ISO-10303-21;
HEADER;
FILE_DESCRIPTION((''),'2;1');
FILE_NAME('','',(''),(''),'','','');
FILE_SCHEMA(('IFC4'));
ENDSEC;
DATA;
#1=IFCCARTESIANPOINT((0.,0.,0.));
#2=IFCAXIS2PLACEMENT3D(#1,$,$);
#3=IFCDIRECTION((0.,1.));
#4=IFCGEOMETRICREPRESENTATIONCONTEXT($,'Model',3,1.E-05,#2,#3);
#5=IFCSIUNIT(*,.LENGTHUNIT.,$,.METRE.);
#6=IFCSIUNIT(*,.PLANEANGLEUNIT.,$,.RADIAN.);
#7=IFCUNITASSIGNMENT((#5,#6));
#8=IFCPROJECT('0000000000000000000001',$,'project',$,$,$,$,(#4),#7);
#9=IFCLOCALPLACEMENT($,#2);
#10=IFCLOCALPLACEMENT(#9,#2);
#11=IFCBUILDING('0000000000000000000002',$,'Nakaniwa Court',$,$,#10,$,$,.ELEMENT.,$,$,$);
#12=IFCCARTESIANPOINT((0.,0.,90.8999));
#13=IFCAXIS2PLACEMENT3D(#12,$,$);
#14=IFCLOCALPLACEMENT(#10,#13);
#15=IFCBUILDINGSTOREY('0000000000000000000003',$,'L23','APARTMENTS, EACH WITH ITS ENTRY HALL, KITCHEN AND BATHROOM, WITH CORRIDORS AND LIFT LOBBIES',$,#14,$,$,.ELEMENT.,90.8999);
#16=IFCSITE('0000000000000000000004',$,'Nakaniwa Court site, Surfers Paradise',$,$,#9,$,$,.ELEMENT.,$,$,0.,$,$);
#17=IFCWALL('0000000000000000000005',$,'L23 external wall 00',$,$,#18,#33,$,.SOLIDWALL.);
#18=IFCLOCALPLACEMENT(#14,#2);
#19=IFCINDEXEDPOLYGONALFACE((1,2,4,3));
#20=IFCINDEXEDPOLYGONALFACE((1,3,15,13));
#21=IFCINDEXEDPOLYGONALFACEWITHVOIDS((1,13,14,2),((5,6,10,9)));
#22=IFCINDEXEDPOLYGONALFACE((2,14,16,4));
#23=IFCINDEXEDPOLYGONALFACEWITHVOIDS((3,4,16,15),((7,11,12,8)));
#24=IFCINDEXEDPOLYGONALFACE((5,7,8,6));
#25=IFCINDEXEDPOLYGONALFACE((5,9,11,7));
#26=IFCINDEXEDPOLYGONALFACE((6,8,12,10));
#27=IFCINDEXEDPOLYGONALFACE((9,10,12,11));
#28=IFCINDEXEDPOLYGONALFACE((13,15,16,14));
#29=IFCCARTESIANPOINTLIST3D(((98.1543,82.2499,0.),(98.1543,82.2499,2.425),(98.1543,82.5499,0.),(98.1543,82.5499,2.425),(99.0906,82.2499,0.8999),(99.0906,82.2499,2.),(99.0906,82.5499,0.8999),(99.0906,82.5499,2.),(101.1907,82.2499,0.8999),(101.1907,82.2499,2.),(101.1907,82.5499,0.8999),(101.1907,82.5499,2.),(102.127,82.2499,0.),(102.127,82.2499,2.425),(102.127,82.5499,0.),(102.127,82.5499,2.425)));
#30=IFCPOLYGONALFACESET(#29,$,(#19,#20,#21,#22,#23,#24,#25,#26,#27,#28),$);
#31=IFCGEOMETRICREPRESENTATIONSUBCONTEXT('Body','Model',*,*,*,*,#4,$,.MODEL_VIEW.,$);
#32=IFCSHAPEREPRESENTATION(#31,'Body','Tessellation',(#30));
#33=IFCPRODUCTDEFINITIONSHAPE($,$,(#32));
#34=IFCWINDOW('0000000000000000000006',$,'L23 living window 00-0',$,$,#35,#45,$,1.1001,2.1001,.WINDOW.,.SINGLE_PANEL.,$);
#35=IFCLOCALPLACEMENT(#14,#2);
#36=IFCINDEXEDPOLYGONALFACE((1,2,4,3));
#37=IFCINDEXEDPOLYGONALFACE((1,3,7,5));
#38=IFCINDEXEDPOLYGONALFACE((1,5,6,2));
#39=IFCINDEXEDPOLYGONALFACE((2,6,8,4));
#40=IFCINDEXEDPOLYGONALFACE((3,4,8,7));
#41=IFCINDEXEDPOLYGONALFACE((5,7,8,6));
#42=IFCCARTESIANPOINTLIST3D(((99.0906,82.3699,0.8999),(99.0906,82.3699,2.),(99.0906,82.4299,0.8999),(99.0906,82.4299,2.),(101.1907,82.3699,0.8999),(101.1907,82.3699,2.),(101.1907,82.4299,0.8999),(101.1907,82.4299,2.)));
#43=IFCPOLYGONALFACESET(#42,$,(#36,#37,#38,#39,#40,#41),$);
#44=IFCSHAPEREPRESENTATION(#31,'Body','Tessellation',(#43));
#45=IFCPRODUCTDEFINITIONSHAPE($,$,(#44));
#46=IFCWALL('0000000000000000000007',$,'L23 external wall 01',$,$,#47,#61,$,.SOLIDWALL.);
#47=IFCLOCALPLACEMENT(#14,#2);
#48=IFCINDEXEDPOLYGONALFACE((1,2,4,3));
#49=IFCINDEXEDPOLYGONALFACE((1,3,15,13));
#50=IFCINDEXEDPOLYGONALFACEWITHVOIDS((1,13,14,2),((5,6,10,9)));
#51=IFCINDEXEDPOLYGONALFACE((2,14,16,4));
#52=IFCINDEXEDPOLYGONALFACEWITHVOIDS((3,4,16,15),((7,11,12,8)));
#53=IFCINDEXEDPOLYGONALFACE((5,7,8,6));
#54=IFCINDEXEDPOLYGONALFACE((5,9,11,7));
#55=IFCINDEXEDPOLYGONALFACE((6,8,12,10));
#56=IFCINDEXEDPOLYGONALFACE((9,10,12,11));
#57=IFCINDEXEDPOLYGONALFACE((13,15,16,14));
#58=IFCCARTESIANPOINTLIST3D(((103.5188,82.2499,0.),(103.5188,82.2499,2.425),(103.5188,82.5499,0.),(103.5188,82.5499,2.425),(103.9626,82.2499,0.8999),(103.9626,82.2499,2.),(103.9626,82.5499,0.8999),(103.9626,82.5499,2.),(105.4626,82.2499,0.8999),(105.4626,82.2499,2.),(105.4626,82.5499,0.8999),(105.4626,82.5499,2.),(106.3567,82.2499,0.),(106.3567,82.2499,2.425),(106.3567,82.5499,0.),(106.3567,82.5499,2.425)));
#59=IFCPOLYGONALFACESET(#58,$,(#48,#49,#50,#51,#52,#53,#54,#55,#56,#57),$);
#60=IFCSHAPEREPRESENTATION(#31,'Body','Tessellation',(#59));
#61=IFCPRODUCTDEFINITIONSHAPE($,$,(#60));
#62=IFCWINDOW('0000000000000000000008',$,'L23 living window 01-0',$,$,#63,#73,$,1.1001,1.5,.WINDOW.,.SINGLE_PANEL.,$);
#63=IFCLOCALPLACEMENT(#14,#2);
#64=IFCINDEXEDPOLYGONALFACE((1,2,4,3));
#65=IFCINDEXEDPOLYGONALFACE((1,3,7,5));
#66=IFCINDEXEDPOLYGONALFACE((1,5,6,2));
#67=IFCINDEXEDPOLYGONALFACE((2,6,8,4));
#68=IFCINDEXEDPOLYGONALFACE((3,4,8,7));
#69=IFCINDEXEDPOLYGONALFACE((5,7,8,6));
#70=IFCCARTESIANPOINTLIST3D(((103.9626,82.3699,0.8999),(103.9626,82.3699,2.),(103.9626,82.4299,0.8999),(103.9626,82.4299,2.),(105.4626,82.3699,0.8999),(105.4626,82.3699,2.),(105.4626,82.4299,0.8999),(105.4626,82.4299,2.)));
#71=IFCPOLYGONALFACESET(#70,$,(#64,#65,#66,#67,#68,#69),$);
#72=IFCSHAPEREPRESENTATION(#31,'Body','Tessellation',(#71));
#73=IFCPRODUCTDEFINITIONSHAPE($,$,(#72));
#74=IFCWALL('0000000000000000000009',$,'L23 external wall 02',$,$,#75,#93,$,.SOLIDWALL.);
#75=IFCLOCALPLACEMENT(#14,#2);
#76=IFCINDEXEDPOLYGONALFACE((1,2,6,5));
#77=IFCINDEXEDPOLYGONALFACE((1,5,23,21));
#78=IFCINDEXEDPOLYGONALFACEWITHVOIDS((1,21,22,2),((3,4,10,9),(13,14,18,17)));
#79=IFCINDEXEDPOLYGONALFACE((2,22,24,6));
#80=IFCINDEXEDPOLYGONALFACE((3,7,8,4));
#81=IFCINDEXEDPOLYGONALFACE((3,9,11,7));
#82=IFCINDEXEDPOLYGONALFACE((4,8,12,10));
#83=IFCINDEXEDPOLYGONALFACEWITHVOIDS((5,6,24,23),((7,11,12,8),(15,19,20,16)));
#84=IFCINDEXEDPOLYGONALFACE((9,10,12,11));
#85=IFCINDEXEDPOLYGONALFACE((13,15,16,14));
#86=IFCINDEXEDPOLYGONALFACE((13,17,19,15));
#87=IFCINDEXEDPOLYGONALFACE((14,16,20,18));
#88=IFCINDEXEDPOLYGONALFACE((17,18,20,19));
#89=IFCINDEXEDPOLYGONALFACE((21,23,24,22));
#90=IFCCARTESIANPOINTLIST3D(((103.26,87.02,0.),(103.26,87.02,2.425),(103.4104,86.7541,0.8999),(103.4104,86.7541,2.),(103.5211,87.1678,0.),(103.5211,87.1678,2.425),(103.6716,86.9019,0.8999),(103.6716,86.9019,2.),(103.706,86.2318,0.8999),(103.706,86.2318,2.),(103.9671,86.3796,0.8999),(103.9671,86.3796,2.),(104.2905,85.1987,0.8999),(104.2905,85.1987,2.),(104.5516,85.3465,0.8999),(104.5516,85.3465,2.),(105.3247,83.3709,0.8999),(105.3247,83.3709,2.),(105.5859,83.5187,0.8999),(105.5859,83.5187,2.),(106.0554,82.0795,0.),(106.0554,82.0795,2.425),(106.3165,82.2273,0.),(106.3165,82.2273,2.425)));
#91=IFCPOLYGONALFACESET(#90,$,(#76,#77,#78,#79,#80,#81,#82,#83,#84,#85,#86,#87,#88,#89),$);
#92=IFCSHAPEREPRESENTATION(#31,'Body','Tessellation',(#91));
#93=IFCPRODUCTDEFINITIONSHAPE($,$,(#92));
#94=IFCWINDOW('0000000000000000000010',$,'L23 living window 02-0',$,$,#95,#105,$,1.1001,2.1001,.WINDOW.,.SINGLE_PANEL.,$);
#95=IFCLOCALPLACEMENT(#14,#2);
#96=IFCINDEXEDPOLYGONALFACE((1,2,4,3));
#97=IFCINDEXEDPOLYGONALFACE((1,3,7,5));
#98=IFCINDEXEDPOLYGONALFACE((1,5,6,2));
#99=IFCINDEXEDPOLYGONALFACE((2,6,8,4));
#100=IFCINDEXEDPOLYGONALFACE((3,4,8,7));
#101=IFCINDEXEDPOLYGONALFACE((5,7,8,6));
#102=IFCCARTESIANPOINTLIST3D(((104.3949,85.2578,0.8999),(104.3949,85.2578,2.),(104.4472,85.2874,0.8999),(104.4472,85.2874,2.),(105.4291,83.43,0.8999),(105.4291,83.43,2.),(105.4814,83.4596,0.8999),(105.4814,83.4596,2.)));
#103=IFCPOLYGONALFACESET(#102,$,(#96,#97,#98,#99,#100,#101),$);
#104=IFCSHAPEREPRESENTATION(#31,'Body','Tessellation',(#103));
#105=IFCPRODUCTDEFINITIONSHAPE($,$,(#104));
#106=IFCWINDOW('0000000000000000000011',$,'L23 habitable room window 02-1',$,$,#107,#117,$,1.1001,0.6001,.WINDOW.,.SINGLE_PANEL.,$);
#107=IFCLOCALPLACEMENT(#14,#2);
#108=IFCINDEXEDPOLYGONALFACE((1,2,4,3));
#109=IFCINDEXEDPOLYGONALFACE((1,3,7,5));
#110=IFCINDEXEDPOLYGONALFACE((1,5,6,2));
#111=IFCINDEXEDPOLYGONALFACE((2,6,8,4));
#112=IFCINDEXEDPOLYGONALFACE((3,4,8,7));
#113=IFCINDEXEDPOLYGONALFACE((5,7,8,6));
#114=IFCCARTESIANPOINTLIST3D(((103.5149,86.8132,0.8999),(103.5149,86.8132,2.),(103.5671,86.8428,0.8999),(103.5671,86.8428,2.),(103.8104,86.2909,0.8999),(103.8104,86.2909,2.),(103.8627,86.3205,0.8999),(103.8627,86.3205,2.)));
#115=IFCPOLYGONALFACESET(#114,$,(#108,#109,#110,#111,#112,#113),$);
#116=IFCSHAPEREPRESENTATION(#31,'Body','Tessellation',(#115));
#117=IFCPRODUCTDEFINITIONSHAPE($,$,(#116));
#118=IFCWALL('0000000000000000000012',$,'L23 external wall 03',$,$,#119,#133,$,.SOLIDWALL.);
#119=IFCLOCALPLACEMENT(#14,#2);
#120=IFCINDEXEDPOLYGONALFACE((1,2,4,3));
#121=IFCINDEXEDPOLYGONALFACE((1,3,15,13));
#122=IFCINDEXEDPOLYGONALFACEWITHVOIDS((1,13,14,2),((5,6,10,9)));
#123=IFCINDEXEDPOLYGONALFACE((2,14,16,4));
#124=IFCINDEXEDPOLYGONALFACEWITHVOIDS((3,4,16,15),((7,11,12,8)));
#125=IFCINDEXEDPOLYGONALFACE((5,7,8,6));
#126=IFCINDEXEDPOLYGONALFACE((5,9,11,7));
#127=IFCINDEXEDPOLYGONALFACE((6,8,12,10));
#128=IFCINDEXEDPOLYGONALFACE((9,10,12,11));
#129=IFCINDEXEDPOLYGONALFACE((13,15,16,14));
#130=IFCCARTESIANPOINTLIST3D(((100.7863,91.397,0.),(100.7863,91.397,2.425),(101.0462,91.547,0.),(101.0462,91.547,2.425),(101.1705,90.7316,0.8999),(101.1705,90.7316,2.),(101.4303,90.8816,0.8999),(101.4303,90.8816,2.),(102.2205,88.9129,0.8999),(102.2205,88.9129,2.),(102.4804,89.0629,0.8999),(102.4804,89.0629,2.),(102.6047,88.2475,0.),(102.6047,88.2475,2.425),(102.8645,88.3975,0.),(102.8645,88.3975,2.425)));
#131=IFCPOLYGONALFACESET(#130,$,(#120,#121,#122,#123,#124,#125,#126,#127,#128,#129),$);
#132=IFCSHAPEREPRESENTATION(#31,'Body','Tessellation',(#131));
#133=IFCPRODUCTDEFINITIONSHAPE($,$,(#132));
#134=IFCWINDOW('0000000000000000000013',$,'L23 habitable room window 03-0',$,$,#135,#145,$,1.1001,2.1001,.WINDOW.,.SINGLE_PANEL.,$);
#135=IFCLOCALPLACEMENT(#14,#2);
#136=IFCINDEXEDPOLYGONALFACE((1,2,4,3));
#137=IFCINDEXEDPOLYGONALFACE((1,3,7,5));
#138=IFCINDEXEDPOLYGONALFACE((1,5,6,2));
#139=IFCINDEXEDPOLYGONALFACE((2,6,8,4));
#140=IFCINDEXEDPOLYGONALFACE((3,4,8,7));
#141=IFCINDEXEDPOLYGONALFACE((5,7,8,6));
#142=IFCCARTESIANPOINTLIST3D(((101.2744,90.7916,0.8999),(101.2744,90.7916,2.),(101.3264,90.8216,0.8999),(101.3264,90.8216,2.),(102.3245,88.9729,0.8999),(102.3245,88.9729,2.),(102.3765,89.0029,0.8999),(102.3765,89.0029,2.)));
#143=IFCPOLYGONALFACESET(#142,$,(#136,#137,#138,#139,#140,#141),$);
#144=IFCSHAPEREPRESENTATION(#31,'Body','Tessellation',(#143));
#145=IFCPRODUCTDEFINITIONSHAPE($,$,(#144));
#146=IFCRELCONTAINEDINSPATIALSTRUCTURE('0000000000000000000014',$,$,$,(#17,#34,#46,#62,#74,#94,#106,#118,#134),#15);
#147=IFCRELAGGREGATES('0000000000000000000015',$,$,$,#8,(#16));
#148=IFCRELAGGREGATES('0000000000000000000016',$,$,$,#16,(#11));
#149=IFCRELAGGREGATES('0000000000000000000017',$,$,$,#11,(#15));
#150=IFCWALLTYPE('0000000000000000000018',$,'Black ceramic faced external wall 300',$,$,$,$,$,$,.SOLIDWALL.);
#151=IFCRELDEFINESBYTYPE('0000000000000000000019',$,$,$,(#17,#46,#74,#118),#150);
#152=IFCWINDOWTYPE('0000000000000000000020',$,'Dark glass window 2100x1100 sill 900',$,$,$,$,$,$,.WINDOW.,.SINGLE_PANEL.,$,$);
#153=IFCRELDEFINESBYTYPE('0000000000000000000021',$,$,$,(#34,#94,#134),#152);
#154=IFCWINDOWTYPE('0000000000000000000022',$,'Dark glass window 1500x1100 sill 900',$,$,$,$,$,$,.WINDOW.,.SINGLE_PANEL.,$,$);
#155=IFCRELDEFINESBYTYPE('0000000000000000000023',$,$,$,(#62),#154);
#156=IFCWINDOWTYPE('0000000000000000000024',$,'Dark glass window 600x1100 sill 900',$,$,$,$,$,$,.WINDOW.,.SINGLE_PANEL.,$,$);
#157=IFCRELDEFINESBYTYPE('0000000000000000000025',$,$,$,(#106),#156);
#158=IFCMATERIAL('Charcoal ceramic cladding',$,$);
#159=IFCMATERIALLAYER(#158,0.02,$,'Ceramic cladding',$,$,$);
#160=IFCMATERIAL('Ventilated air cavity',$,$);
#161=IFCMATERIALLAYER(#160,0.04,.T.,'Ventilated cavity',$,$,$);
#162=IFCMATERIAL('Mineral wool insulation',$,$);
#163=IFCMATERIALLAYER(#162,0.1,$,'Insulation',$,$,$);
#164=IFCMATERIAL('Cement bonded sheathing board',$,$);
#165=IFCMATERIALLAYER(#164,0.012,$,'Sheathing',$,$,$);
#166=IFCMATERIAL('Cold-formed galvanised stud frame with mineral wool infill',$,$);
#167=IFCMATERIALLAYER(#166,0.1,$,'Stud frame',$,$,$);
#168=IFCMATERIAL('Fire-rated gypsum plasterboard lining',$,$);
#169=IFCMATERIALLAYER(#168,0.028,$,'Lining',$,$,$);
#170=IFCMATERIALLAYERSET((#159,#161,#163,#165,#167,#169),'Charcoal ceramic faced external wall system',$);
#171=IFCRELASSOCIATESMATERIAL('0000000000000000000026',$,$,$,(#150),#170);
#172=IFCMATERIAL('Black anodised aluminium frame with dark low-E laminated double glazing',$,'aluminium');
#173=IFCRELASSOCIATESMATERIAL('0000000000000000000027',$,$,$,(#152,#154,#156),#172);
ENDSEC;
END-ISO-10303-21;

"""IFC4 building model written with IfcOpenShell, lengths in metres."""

from ifc_helpers import new_model, si_unit, direction, frame, frame_2d, origin, place, context, subcontext, project, spatial, rectangle, extrude, material, layer, layer_set, type_object, element, fill, save


model = new_model("IFC4")

# Units and contexts
model_context = context("Model", 3, precision=1e-05, world=origin(), true_north=direction((0.0, 1.0)))
body_context = subcontext(model_context, "Body", "Model", "MODEL_VIEW")
ifc_project = project(units=[si_unit("LENGTHUNIT", "METRE"), si_unit("PLANEANGLEUNIT", "RADIAN")], contexts=[model_context])

# Site, building, storey
site_placement = place(None, origin())
site = spatial("IfcSite", under=ifc_project, at=site_placement, Name="Nakaniwa Court site, Surfers Paradise", CompositionType="ELEMENT", RefElevation=0.0)
building_placement = place(site_placement, origin())
building = spatial("IfcBuilding", under=site, at=building_placement, Name="Nakaniwa Court", CompositionType="ELEMENT")
storey_placement = place(building_placement, frame((0.0, 0.0, 90.8999)))
storey = spatial("IfcBuildingStorey", under=building, at=storey_placement, Name="L23", Description="APARTMENTS, EACH WITH ITS ENTRY HALL, KITCHEN AND BATHROOM, WITH CORRIDORS AND LIFT LOBBIES", CompositionType="ELEMENT", Elevation=90.8999)

# Walls, openings, windows
ifc_material_1 = material(Name="Charcoal ceramic cladding")
ifc_layer_1 = layer(ifc_material_1, 0.02, Name="Ceramic cladding")
ifc_material_2 = material(Name="Ventilated air cavity")
ifc_layer_2 = layer(ifc_material_2, 0.04, ventilated=True, Name="Ventilated cavity")
ifc_material_3 = material(Name="Mineral wool insulation")
ifc_layer_3 = layer(ifc_material_3, 0.1, Name="Insulation")
ifc_material_4 = material(Name="Cement bonded sheathing board")
ifc_layer_4 = layer(ifc_material_4, 0.012, Name="Sheathing")
ifc_material_5 = material(Name="Cold-formed galvanised stud frame with mineral wool infill")
ifc_layer_5 = layer(ifc_material_5, 0.1, Name="Stud frame")
ifc_material_6 = material(Name="Fire-rated gypsum plasterboard lining")
ifc_layer_6 = layer(ifc_material_6, 0.028, Name="Lining")
ifc_layer_set_1 = layer_set([ifc_layer_1, ifc_layer_2, ifc_layer_3, ifc_layer_4, ifc_layer_5, ifc_layer_6], Name="Charcoal ceramic faced external wall system")
wall_type_1 = type_object("IfcWallType", Name="Black ceramic faced external wall 300", PredefinedType="SOLIDWALL", material=ifc_layer_set_1)
wall_1_placement = place(storey_placement, frame((98.1543, 82.3999, 0.0), z_axis=(0.0, 0.0, 1.0), x_axis=(1.0, 0.0, 0.0)))
wall_1 = element("IfcWall", 1, at=wall_1_placement, inside=storey, type_object=wall_type_1, Name="L23 external wall 00", PredefinedType="SOLIDWALL", context=body_context, shape_type="SweptSolid", body=[
    extrude(rectangle(XDim=3.9727, YDim=0.3, at=frame_2d((1.9863, 0.0))), origin(), (0.0, 0.0, 1.0), 2.425),
])
opening_1_placement = place(wall_1_placement, frame((0.9363, 0.0, 0.8999)))
opening_1 = element("IfcOpeningElement", 2, at=opening_1_placement, cuts=wall_1, PredefinedType="OPENING", context=body_context, shape_type="SweptSolid", body=[
    extrude(rectangle(XDim=2.1001, YDim=1.1001, at=frame_2d((1.05, 0.55))), frame((0.0, 0.1599, 0.0), z_axis=(0.0, -1.0, 0.0), x_axis=(1.0, 0.0, 0.0)), (0.0, 0.0, 1.0), 0.3201),
])
ifc_material_7 = material(Name="Black anodised aluminium frame with dark low-E laminated double glazing", Category="aluminium")
window_type_1 = type_object("IfcWindowType", Name="Dark glass window 2100x1100 sill 900", PartitioningType="SINGLE_PANEL", PredefinedType="WINDOW", material=ifc_material_7)
window_1_placement = place(opening_1_placement, origin())
window_1 = element("IfcWindow", 3, at=window_1_placement, inside=storey, type_object=window_type_1, Name="L23 living window 00-0", OverallHeight=1.1001, OverallWidth=2.1001, PartitioningType="SINGLE_PANEL", PredefinedType="WINDOW", context=body_context, shape_type="SweptSolid", body=[
    extrude(rectangle(XDim=2.1001, YDim=1.1001, at=frame_2d((1.05, 0.55))), frame((0.0, 0.03, 0.0), z_axis=(0.0, -1.0, 0.0), x_axis=(1.0, 0.0, 0.0)), (0.0, 0.0, 1.0), 0.0601),
])
fill(opening_1, window_1)
wall_2_placement = place(storey_placement, frame((103.5188, 82.3999, 0.0), z_axis=(0.0, 0.0, 1.0), x_axis=(1.0, 0.0, 0.0)))
wall_2 = element("IfcWall", 4, at=wall_2_placement, inside=storey, type_object=wall_type_1, Name="L23 external wall 01", PredefinedType="SOLIDWALL", context=body_context, shape_type="SweptSolid", body=[
    extrude(rectangle(XDim=2.8379, YDim=0.3, at=frame_2d((1.4189, 0.0))), origin(), (0.0, 0.0, 1.0), 2.425),
])
opening_2_placement = place(wall_2_placement, frame((0.4438, 0.0, 0.8999)))
opening_2 = element("IfcOpeningElement", 5, at=opening_2_placement, cuts=wall_2, PredefinedType="OPENING", context=body_context, shape_type="SweptSolid", body=[
    extrude(rectangle(XDim=1.5, YDim=1.1001, at=frame_2d((0.75, 0.55))), frame((0.0, 0.1599, 0.0), z_axis=(0.0, -1.0, 0.0), x_axis=(1.0, 0.0, 0.0)), (0.0, 0.0, 1.0), 0.3201),
])
window_type_2 = type_object("IfcWindowType", Name="Dark glass window 1500x1100 sill 900", PartitioningType="SINGLE_PANEL", PredefinedType="WINDOW", material=ifc_material_7)
window_2_placement = place(opening_2_placement, origin())
window_2 = element("IfcWindow", 6, at=window_2_placement, inside=storey, type_object=window_type_2, Name="L23 living window 01-0", OverallHeight=1.1001, OverallWidth=1.5, PartitioningType="SINGLE_PANEL", PredefinedType="WINDOW", context=body_context, shape_type="SweptSolid", body=[
    extrude(rectangle(XDim=1.5, YDim=1.1001, at=frame_2d((0.75, 0.55))), frame((0.0, 0.03, 0.0), z_axis=(0.0, -1.0, 0.0), x_axis=(1.0, 0.0, 0.0)), (0.0, 0.0, 1.0), 0.0601),
])
fill(opening_2, window_2)

# Wall, openings, windows
wall_3_placement = place(storey_placement, frame((106.186, 82.1533, 0.0), z_axis=(0.0, 0.0, 1.0), x_axis=(-0.492457, 0.870337, 0.0)))
wall_3 = element("IfcWall", 7, at=wall_3_placement, inside=storey, type_object=wall_type_1, Name="L23 external wall 02", PredefinedType="SOLIDWALL", context=body_context, shape_type="SweptSolid", body=[
    extrude(rectangle(XDim=5.6765, YDim=0.3, at=frame_2d((2.8384, 0.0))), origin(), (0.0, 0.0, 1.0), 2.425),
])
opening_3_placement = place(wall_3_placement, frame((1.4839, 0.0, 0.8999)))
opening_3 = element("IfcOpeningElement", 8, at=opening_3_placement, cuts=wall_3, PredefinedType="OPENING", context=body_context, shape_type="SweptSolid", body=[
    extrude(rectangle(XDim=2.1001, YDim=1.1001, at=frame_2d((1.05, 0.55))), frame((0.0, 0.1599, 0.0), z_axis=(0.0, -1.0, 0.0), x_axis=(1.0, 0.0, 0.0)), (0.0, 0.0, 1.0), 0.3201),
])
opening_4_placement = place(wall_3_placement, frame((4.771, 0.0, 0.8999)))
opening_4 = element("IfcOpeningElement", 9, at=opening_4_placement, cuts=wall_3, PredefinedType="OPENING", context=body_context, shape_type="SweptSolid", body=[
    extrude(rectangle(XDim=0.6001, YDim=1.1001, at=frame_2d((0.3, 0.55))), frame((0.0, 0.1599, 0.0), z_axis=(0.0, -1.0, 0.0), x_axis=(1.0, 0.0, 0.0)), (0.0, 0.0, 1.0), 0.3201),
])
window_3_placement = place(opening_3_placement, origin())
window_3 = element("IfcWindow", 10, at=window_3_placement, inside=storey, type_object=window_type_1, Name="L23 living window 02-0", OverallHeight=1.1001, OverallWidth=2.1001, PartitioningType="SINGLE_PANEL", PredefinedType="WINDOW", context=body_context, shape_type="SweptSolid", body=[
    extrude(rectangle(XDim=2.1001, YDim=1.1001, at=frame_2d((1.05, 0.55))), frame((0.0, 0.03, 0.0), z_axis=(0.0, -1.0, 0.0), x_axis=(1.0, 0.0, 0.0)), (0.0, 0.0, 1.0), 0.0601),
])
fill(opening_3, window_3)
window_type_3 = type_object("IfcWindowType", Name="Dark glass window 600x1100 sill 900", PartitioningType="SINGLE_PANEL", PredefinedType="WINDOW", material=ifc_material_7)
window_4_placement = place(opening_4_placement, origin())
window_4 = element("IfcWindow", 11, at=window_4_placement, inside=storey, type_object=window_type_3, Name="L23 habitable room window 02-1", OverallHeight=1.1001, OverallWidth=0.6001, PartitioningType="SINGLE_PANEL", PredefinedType="WINDOW", context=body_context, shape_type="SweptSolid", body=[
    extrude(rectangle(XDim=0.6001, YDim=1.1001, at=frame_2d((0.3, 0.55))), frame((0.0, 0.03, 0.0), z_axis=(0.0, -1.0, 0.0), x_axis=(1.0, 0.0, 0.0)), (0.0, 0.0, 1.0), 0.0601),
])
fill(opening_4, window_4)

# Wall, opening, window
wall_4_placement = place(storey_placement, frame((102.7346, 88.3225, 0.0), z_axis=(0.0, 0.0, 1.0), x_axis=(-0.500009, 0.86602, 0.0)))
wall_4 = element("IfcWall", 12, at=wall_4_placement, inside=storey, type_object=wall_type_1, Name="L23 external wall 03", PredefinedType="SOLIDWALL", context=body_context, shape_type="SweptSolid", body=[
    extrude(rectangle(XDim=3.6367, YDim=0.3, at=frame_2d((1.8184, 0.0))), origin(), (0.0, 0.0, 1.0), 2.425),
])
opening_5_placement = place(wall_4_placement, frame((0.7683, 0.0, 0.8999)))
opening_5 = element("IfcOpeningElement", 13, at=opening_5_placement, cuts=wall_4, PredefinedType="OPENING", context=body_context, shape_type="SweptSolid", body=[
    extrude(rectangle(XDim=2.1001, YDim=1.1001, at=frame_2d((1.05, 0.55))), frame((0.0, 0.1599, 0.0), z_axis=(0.0, -1.0, 0.0), x_axis=(1.0, 0.0, 0.0)), (0.0, 0.0, 1.0), 0.3201),
])
window_5_placement = place(opening_5_placement, origin())
window_5 = element("IfcWindow", 14, at=window_5_placement, inside=storey, type_object=window_type_1, Name="L23 habitable room window 03-0", OverallHeight=1.1001, OverallWidth=2.1001, PartitioningType="SINGLE_PANEL", PredefinedType="WINDOW", context=body_context, shape_type="SweptSolid", body=[
    extrude(rectangle(XDim=2.1001, YDim=1.1001, at=frame_2d((1.05, 0.55))), frame((0.0, 0.03, 0.0), z_axis=(0.0, -1.0, 0.0), x_axis=(1.0, 0.0, 0.0)), (0.0, 0.0, 1.0), 0.0601),
])
fill(opening_5, window_5)

save(model, "model.ifc")
